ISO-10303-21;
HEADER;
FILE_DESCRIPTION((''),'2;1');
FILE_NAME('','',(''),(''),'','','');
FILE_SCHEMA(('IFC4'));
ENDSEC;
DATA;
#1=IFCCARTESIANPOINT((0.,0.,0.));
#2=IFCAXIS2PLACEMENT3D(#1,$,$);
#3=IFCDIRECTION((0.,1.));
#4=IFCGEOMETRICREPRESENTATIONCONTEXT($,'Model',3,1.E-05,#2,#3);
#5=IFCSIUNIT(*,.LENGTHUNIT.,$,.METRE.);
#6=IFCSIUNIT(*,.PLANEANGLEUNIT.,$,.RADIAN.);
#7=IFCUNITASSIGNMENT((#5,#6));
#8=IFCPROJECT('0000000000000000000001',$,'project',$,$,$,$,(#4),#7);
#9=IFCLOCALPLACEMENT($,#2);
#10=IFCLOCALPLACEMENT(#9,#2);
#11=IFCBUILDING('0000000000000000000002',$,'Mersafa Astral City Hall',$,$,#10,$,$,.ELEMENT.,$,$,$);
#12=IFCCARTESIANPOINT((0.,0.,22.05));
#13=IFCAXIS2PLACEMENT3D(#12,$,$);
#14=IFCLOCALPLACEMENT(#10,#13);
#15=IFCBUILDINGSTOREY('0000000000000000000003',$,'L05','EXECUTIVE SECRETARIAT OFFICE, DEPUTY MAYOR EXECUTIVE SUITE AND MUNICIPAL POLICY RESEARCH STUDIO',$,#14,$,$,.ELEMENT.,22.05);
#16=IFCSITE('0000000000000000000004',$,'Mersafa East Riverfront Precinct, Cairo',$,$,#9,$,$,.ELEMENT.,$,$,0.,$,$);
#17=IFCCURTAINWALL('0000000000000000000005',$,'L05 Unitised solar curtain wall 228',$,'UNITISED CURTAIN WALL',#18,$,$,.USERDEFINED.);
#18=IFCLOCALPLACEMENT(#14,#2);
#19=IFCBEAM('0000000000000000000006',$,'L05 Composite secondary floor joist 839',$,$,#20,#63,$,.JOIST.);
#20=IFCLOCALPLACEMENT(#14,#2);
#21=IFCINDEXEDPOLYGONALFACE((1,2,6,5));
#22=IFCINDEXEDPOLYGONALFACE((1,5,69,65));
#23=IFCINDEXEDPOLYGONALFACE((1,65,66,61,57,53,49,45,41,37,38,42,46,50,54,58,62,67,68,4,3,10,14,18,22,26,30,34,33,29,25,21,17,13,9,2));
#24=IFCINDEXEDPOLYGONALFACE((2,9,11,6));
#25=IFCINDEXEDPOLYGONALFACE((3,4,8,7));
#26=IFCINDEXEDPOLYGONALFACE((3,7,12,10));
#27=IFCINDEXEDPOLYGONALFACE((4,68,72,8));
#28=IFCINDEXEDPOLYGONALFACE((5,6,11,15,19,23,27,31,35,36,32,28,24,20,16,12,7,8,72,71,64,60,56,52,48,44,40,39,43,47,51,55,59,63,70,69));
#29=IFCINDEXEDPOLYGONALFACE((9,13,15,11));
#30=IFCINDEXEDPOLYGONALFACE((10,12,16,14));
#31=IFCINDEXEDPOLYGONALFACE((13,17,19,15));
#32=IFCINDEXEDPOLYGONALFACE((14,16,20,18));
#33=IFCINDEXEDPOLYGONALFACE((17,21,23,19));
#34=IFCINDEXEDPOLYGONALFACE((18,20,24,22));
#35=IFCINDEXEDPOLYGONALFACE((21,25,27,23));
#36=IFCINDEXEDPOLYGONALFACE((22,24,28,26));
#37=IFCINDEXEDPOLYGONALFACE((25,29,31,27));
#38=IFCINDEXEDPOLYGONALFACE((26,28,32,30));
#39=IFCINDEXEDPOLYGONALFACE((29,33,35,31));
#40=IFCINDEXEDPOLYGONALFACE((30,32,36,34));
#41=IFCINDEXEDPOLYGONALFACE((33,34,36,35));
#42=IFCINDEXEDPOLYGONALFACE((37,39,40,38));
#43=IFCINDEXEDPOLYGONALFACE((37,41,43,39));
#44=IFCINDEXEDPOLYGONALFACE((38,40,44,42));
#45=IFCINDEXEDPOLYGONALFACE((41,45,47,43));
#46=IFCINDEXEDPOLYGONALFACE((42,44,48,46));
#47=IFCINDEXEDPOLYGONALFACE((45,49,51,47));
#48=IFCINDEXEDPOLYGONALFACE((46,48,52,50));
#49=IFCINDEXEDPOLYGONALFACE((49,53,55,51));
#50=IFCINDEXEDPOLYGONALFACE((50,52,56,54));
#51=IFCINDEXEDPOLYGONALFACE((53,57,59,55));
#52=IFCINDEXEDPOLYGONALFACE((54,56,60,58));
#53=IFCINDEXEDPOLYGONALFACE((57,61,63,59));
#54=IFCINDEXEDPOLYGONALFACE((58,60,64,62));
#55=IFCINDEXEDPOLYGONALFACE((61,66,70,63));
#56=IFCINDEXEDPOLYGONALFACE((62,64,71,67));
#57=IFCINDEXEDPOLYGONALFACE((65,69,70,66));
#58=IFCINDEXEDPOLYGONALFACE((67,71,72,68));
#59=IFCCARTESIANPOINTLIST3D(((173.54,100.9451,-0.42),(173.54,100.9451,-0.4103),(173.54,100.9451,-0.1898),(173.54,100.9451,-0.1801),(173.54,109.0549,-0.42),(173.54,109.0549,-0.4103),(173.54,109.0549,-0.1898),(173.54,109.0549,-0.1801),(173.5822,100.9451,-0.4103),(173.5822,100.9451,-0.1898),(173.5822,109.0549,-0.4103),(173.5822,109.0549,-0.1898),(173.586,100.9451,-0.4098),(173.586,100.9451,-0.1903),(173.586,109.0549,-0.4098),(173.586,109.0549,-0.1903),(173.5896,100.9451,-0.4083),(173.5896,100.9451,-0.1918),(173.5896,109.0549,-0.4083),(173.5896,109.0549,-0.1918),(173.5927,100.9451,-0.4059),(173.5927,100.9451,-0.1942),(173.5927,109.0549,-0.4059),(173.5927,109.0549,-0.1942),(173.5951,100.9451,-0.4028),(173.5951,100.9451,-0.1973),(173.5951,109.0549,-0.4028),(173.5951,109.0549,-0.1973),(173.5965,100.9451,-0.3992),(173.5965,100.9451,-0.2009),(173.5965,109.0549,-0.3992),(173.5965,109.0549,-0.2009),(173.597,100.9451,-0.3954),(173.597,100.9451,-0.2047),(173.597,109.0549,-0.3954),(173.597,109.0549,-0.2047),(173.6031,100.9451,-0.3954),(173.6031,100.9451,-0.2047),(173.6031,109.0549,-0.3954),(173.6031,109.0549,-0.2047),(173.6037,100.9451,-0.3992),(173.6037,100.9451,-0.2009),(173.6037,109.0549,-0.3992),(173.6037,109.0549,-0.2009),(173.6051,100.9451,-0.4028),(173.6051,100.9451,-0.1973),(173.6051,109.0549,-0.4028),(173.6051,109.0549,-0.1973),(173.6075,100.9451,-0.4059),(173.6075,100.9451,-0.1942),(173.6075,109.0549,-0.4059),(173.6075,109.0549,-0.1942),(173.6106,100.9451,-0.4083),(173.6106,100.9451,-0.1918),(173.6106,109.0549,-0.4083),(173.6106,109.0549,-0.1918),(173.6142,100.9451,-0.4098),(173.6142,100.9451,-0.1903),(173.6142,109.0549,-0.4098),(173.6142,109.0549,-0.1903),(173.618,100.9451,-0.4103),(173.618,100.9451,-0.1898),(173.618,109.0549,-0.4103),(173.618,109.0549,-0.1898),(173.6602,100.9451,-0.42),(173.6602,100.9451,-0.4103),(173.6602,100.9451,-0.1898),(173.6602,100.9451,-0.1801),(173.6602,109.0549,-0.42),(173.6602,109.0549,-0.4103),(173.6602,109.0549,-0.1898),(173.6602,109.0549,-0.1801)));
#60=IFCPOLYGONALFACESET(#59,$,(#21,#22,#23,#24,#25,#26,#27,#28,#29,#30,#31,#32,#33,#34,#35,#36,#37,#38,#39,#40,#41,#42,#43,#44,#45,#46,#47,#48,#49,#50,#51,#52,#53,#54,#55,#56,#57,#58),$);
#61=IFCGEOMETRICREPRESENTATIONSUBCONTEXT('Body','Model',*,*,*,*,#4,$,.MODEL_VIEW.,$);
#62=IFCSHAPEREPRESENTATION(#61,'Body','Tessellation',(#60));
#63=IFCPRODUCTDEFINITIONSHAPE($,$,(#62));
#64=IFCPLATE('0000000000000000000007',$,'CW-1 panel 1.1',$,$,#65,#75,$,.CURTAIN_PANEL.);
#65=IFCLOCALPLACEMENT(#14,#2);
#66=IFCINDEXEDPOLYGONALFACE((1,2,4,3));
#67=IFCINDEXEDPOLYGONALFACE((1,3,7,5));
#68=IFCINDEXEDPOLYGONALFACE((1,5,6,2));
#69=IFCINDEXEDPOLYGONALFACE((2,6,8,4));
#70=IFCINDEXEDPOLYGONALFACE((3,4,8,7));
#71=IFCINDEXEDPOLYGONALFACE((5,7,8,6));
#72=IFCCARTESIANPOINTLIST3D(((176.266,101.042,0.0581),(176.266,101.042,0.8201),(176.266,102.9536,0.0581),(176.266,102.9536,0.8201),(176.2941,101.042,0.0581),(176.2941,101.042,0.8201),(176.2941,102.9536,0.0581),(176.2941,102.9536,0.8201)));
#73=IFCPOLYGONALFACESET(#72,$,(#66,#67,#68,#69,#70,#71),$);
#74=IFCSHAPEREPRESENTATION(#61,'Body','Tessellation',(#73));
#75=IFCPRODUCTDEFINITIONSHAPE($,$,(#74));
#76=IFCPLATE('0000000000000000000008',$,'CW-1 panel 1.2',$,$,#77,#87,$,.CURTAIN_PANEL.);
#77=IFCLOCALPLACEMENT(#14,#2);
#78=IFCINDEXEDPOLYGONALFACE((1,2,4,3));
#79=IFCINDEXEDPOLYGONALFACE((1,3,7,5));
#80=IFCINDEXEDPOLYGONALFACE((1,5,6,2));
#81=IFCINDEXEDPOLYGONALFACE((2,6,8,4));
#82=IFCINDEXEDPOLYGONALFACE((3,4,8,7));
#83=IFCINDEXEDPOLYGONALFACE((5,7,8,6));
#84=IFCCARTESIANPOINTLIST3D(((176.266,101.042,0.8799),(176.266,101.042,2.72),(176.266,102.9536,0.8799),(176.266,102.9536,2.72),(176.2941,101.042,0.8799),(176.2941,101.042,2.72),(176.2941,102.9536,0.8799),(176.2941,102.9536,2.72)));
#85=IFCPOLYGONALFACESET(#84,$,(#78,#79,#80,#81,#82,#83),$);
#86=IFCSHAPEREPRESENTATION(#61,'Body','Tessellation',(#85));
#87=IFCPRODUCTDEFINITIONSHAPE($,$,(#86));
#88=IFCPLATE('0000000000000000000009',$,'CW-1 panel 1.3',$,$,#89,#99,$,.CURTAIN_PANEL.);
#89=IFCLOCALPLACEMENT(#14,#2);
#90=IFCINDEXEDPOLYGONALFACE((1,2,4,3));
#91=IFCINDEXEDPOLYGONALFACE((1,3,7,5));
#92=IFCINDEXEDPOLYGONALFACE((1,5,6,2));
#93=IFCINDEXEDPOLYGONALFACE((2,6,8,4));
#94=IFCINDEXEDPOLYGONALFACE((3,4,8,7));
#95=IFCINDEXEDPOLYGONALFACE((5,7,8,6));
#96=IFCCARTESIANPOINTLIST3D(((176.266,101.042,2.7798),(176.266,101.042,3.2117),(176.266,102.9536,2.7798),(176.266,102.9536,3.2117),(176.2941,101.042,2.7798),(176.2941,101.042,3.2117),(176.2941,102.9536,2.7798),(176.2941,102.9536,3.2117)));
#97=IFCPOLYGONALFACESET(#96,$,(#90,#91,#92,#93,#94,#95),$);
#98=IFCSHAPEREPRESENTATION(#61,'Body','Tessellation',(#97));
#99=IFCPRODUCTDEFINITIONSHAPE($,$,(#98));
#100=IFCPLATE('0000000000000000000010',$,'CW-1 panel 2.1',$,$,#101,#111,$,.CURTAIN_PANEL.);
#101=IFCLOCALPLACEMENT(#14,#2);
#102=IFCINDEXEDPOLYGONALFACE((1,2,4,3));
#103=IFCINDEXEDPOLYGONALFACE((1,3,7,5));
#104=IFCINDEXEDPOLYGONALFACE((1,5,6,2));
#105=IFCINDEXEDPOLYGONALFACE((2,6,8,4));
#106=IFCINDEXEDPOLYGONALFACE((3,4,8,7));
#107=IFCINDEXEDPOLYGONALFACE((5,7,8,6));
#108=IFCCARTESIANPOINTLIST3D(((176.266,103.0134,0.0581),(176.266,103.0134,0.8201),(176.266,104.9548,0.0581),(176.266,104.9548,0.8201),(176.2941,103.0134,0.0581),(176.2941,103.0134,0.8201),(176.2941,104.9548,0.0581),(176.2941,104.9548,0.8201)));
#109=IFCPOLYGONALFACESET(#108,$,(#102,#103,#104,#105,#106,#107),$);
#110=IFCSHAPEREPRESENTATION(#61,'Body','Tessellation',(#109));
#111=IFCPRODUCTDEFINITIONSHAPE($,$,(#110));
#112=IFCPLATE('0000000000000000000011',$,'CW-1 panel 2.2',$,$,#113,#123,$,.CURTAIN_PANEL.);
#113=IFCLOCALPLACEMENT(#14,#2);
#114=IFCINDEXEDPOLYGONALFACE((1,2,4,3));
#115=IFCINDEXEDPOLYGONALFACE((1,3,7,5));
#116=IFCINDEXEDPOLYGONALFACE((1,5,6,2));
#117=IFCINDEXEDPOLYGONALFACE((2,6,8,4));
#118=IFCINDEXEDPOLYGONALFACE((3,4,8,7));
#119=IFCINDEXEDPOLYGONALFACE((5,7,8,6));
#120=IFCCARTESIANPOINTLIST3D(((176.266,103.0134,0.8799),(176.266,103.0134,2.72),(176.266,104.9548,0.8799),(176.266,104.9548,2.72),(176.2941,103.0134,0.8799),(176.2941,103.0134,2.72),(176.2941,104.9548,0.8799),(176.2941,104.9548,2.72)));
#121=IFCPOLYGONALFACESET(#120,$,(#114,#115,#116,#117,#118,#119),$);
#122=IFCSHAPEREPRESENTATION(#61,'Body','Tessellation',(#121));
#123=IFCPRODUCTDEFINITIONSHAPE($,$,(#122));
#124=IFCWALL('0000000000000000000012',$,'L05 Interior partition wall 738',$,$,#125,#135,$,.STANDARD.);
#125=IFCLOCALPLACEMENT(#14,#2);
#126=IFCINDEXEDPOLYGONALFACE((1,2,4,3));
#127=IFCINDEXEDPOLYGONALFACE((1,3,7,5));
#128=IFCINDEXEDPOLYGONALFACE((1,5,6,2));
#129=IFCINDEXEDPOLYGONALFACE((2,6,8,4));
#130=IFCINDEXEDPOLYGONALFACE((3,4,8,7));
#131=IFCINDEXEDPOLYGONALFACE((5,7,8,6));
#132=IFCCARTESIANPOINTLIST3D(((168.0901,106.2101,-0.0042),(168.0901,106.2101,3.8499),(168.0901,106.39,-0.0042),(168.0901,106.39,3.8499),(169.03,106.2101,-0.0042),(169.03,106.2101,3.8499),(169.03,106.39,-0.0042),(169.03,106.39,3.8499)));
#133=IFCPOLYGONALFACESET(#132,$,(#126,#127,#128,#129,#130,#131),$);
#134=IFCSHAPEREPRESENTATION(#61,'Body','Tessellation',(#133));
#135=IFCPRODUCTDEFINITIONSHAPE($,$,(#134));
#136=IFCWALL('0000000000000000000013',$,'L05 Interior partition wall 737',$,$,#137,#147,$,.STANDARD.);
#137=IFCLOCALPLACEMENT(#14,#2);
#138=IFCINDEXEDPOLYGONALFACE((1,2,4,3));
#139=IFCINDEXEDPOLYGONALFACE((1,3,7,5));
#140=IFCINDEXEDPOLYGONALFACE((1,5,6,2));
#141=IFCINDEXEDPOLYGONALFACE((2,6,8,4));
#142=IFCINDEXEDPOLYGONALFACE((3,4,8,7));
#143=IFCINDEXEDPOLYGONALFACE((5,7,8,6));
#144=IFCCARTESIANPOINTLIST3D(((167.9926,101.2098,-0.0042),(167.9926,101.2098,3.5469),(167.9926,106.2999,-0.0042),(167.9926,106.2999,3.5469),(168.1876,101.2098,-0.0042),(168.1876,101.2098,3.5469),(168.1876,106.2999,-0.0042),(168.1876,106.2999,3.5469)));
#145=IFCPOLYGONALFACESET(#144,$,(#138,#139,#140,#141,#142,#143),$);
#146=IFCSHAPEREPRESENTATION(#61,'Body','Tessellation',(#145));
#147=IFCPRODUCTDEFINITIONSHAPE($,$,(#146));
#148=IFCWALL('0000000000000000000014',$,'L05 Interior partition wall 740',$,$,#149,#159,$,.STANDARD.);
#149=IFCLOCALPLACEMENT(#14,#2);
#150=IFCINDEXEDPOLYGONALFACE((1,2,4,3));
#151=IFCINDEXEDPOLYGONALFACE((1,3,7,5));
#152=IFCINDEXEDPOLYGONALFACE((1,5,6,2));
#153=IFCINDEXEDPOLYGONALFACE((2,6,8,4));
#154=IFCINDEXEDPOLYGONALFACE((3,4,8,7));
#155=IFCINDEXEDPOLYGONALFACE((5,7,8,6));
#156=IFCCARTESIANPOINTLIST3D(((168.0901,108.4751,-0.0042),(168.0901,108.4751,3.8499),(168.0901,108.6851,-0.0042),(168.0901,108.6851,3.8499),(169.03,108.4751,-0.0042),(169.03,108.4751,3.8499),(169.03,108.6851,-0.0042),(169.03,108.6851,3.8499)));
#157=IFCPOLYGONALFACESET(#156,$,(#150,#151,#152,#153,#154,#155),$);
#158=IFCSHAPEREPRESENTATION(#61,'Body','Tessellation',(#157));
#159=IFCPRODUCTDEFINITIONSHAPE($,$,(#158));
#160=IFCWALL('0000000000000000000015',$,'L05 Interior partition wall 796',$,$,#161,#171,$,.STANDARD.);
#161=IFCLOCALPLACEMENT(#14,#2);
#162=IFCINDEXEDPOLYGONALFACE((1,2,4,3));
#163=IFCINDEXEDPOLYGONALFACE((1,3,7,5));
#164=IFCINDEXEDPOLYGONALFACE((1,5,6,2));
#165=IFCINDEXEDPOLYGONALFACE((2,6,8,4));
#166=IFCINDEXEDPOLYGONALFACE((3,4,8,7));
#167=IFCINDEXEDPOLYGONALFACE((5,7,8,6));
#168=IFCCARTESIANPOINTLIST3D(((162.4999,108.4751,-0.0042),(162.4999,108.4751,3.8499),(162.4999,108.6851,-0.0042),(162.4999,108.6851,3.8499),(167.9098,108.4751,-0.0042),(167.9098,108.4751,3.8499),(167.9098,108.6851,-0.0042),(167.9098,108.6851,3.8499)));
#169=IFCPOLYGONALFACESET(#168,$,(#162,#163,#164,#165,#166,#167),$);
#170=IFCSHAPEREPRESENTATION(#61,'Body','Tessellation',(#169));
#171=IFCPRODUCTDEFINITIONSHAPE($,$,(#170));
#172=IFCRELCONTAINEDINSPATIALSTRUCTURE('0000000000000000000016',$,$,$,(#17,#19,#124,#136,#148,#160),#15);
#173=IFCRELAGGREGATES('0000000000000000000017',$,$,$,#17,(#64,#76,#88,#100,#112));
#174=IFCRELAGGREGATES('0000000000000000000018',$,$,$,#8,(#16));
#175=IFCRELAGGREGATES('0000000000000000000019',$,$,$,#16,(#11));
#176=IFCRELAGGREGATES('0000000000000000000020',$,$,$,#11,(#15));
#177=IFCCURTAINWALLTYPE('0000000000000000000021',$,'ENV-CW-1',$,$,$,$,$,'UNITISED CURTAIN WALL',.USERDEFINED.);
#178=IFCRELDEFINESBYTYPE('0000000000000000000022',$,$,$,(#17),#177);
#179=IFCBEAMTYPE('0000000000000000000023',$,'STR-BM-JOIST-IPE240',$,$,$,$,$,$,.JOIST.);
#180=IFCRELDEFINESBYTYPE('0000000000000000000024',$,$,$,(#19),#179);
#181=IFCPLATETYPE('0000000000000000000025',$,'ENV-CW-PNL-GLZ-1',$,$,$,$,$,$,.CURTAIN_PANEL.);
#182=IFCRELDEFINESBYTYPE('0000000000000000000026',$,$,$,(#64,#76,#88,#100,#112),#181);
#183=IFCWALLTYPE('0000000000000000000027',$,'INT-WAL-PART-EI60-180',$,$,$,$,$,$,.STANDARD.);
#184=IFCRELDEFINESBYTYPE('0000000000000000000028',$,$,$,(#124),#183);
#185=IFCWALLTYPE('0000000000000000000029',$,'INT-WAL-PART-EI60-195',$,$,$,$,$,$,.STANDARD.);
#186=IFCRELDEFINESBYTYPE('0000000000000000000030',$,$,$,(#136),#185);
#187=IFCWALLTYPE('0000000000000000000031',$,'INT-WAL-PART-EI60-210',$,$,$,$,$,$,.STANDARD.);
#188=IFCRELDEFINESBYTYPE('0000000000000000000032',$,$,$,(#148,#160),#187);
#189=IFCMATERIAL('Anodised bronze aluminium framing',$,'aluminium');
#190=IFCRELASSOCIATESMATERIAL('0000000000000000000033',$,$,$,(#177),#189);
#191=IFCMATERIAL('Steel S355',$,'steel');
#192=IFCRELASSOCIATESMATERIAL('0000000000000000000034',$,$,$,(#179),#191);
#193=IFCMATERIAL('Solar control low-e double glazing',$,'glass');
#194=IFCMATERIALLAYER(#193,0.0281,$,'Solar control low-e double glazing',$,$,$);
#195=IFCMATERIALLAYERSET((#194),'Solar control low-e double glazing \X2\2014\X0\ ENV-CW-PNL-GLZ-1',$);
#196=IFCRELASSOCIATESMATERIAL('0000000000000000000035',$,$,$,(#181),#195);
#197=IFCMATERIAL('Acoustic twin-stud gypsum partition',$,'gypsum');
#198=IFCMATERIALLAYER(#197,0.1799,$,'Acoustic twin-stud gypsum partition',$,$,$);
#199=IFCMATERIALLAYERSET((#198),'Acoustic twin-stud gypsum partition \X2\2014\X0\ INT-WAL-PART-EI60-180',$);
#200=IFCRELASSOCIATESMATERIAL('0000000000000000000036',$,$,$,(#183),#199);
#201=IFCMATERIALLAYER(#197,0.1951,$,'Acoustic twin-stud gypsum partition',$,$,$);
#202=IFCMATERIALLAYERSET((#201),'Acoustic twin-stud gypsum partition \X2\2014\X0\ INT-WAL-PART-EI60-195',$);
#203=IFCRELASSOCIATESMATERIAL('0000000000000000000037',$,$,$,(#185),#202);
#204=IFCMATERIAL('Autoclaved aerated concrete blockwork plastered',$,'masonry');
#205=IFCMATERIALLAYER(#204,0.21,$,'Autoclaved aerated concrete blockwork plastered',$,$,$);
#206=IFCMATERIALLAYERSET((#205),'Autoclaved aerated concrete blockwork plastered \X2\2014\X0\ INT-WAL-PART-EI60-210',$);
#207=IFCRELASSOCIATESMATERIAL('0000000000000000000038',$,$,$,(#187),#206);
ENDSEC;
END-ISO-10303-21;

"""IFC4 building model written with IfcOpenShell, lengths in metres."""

from ifc_helpers import new_model, si_unit, direction, frame, frame_2d, origin, origin_2d, place, context, subcontext, project, spatial, rectangle, i_section, extrude, material, layer, layer_set, material_profile, profile_set, type_object, element, aggregate, save


model = new_model("IFC4")

# Units and contexts
model_context = context("Model", 3, precision=1e-05, world=origin(), true_north=direction((0.0, 1.0)))
body_context = subcontext(model_context, "Body", "Model", "MODEL_VIEW")
ifc_project = project(units=[si_unit("LENGTHUNIT", "METRE"), si_unit("PLANEANGLEUNIT", "RADIAN")], contexts=[model_context])

# Site, building, storey
site_placement = place(None, origin())
site = spatial("IfcSite", under=ifc_project, at=site_placement, Name="Mersafa East Riverfront Precinct, Cairo", CompositionType="ELEMENT", RefElevation=0.0)
building_placement = place(site_placement, origin())
building = spatial("IfcBuilding", under=site, at=building_placement, Name="Mersafa Astral City Hall", CompositionType="ELEMENT")
storey_placement = place(building_placement, frame((0.0, 0.0, 22.05)))
storey = spatial("IfcBuildingStorey", under=building, at=storey_placement, Name="L05", Description="EXECUTIVE SECRETARIAT OFFICE, DEPUTY MAYOR EXECUTIVE SUITE AND MUNICIPAL POLICY RESEARCH STUDIO", CompositionType="ELEMENT", Elevation=22.05)

# Shared definitions
ifc_material_1 = material(Name="Steel S355", Category="steel")

# Curtain wall
ifc_material_2 = material(Name="Anodised bronze aluminium framing", Category="aluminium")
curtain_wall_type = type_object("IfcCurtainWallType", Name="ENV-CW-1", ElementType="UNITISED CURTAIN WALL", PredefinedType="USERDEFINED", material=ifc_material_2)
curtain_wall_placement = place(storey_placement, origin())
curtain_wall = element("IfcCurtainWall", 1, at=curtain_wall_placement, inside=storey, type_object=curtain_wall_type, Name="L05 Unitised solar curtain wall 228", ObjectType="UNITISED CURTAIN WALL", PredefinedType="USERDEFINED")

# Beam
ifc_material_profile_1 = material_profile(ifc_material_1, i_section(OverallWidth=0.1201, OverallDepth=0.24, WebThickness=0.0061, FlangeThickness=0.0098, FilletRadius=0.0149, at=origin_2d()), Name="IPE 240")
ifc_profile_set_1 = profile_set([ifc_material_profile_1], Name="Steel S355")
beam_type_1 = type_object("IfcBeamType", Name="STR-BM-JOIST-IPE240", PredefinedType="JOIST", material=ifc_profile_set_1)
for number, where, z_axis, x_axis, name in (
    (2, (173.6001, 100.9451, -0.3), (0.0, 1.0, 0.0), (-1.0, 0.0, 0.0), "L05 Composite secondary floor joist 839"),
):
    element("IfcBeam", number, at=place(storey_placement, frame(where, z_axis=z_axis, x_axis=x_axis)), inside=storey, type_object=beam_type_1, Name=name, PredefinedType="JOIST", context=body_context, shape_type="SweptSolid", body=[
        extrude(i_section(OverallWidth=0.1201, OverallDepth=0.24, WebThickness=0.0061, FlangeThickness=0.0098, FilletRadius=0.0149, at=origin_2d()), origin(), (0.0, 0.0, 1.0), 8.1099),
    ])

# Plates
ifc_material_3 = material(Name="Solar control low-e double glazing", Category="glass")
ifc_layer_1 = layer(ifc_material_3, 0.0281, Name="Solar control low-e double glazing")
ifc_layer_set_1 = layer_set([ifc_layer_1], Name="Solar control low-e double glazing — ENV-CW-PNL-GLZ-1")
plate_type = type_object("IfcPlateType", Name="ENV-CW-PNL-GLZ-1", PredefinedType="CURTAIN_PANEL", material=ifc_layer_set_1)
plate_1_placement = place(storey_placement, frame((176.28, 101.9978, 0.0581), z_axis=(0.0, 0.0, 1.0), x_axis=(0.0, 1.0, 0.0)))
plate_1 = element("IfcPlate", 3, at=plate_1_placement, type_object=plate_type, Name="CW-1 panel 1.1", PredefinedType="CURTAIN_PANEL", context=body_context, shape_type="SweptSolid", body=[
    extrude(rectangle(XDim=1.9116, YDim=0.0281, at=origin_2d()), origin(), (0.0, 0.0, 1.0), 0.762),
])
plate_2_placement = place(storey_placement, frame((176.28, 101.9978, 0.8799), z_axis=(0.0, 0.0, 1.0), x_axis=(0.0, 1.0, 0.0)))
plate_2 = element("IfcPlate", 4, at=plate_2_placement, type_object=plate_type, Name="CW-1 panel 1.2", PredefinedType="CURTAIN_PANEL", context=body_context, shape_type="SweptSolid", body=[
    extrude(rectangle(XDim=1.9116, YDim=0.0281, at=origin_2d()), origin(), (0.0, 0.0, 1.0), 1.8401),
])
plate_3_placement = place(storey_placement, frame((176.28, 101.9978, 2.7798), z_axis=(0.0, 0.0, 1.0), x_axis=(0.0, 1.0, 0.0)))
plate_3 = element("IfcPlate", 5, at=plate_3_placement, type_object=plate_type, Name="CW-1 panel 1.3", PredefinedType="CURTAIN_PANEL", context=body_context, shape_type="SweptSolid", body=[
    extrude(rectangle(XDim=1.9116, YDim=0.0281, at=origin_2d()), origin(), (0.0, 0.0, 1.0), 0.4319),
])
plate_4_placement = place(storey_placement, frame((176.28, 103.9841, 0.0581), z_axis=(0.0, 0.0, 1.0), x_axis=(0.0, 1.0, 0.0)))
plate_4 = element("IfcPlate", 6, at=plate_4_placement, type_object=plate_type, Name="CW-1 panel 2.1", PredefinedType="CURTAIN_PANEL", context=body_context, shape_type="SweptSolid", body=[
    extrude(rectangle(XDim=1.9414, YDim=0.0281, at=origin_2d()), origin(), (0.0, 0.0, 1.0), 0.762),
])
plate_5_placement = place(storey_placement, frame((176.28, 103.9841, 0.8799), z_axis=(0.0, 0.0, 1.0), x_axis=(0.0, 1.0, 0.0)))
plate_5 = element("IfcPlate", 7, at=plate_5_placement, type_object=plate_type, Name="CW-1 panel 2.2", PredefinedType="CURTAIN_PANEL", context=body_context, shape_type="SweptSolid", body=[
    extrude(rectangle(XDim=1.9414, YDim=0.0281, at=origin_2d()), origin(), (0.0, 0.0, 1.0), 1.8401),
])
aggregate(curtain_wall, [plate_1, plate_2, plate_3, plate_4, plate_5])

# Walls
ifc_material_4 = material(Name="Acoustic twin-stud gypsum partition", Category="gypsum")
ifc_layer_2 = layer(ifc_material_4, 0.1799, Name="Acoustic twin-stud gypsum partition")
ifc_layer_set_2 = layer_set([ifc_layer_2], Name="Acoustic twin-stud gypsum partition — INT-WAL-PART-EI60-180")
wall_type_1 = type_object("IfcWallType", Name="INT-WAL-PART-EI60-180", PredefinedType="STANDARD", material=ifc_layer_set_2)
wall_1_placement = place(storey_placement, frame((168.0901, 106.3, -0.0042), z_axis=(0.0, 0.0, 1.0), x_axis=(1.0, 0.0, 0.0)))
element("IfcWall", 8, at=wall_1_placement, inside=storey, type_object=wall_type_1, Name="L05 Interior partition wall 738", PredefinedType="STANDARD", context=body_context, shape_type="SweptSolid", body=[
    extrude(rectangle(XDim=0.9399, YDim=0.1799, at=frame_2d((0.47, 0.0))), origin(), (0.0, 0.0, 1.0), 3.854),
])
ifc_layer_3 = layer(ifc_material_4, 0.1951, Name="Acoustic twin-stud gypsum partition")
ifc_layer_set_3 = layer_set([ifc_layer_3], Name="Acoustic twin-stud gypsum partition — INT-WAL-PART-EI60-195")
wall_type_2 = type_object("IfcWallType", Name="INT-WAL-PART-EI60-195", PredefinedType="STANDARD", material=ifc_layer_set_3)
wall_2_placement = place(storey_placement, frame((168.0901, 101.21, -0.0042), z_axis=(0.0, 0.0, 1.0), x_axis=(0.0, 1.0, 0.0)))
element("IfcWall", 9, at=wall_2_placement, inside=storey, type_object=wall_type_2, Name="L05 Interior partition wall 737", PredefinedType="STANDARD", context=body_context, shape_type="SweptSolid", body=[
    extrude(rectangle(XDim=5.0901, YDim=0.1951, at=frame_2d((2.5449, 0.0))), origin(), (0.0, 0.0, 1.0), 3.551),
])
ifc_material_5 = material(Name="Autoclaved aerated concrete blockwork plastered", Category="masonry")
ifc_layer_4 = layer(ifc_material_5, 0.21, Name="Autoclaved aerated concrete blockwork plastered")
ifc_layer_set_4 = layer_set([ifc_layer_4], Name="Autoclaved aerated concrete blockwork plastered — INT-WAL-PART-EI60-210")
wall_type_3 = type_object("IfcWallType", Name="INT-WAL-PART-EI60-210", PredefinedType="STANDARD", material=ifc_layer_set_4)
wall_3_placement = place(storey_placement, frame((169.03, 108.5801, -0.0042), z_axis=(0.0, 0.0, 1.0), x_axis=(-1.0, 0.0, 0.0)))
element("IfcWall", 10, at=wall_3_placement, inside=storey, type_object=wall_type_3, Name="L05 Interior partition wall 740", PredefinedType="STANDARD", context=body_context, shape_type="SweptSolid", body=[
    extrude(rectangle(XDim=0.9399, YDim=0.21, at=frame_2d((0.47, 0.0))), origin(), (0.0, 0.0, 1.0), 3.854),
])
wall_4_placement = place(storey_placement, frame((167.9099, 108.5801, -0.0042), z_axis=(0.0, 0.0, 1.0), x_axis=(-1.0, 0.0, 0.0)))
element("IfcWall", 11, at=wall_4_placement, inside=storey, type_object=wall_type_3, Name="L05 Interior partition wall 796", PredefinedType="STANDARD", context=body_context, shape_type="SweptSolid", body=[
    extrude(rectangle(XDim=5.4099, YDim=0.21, at=frame_2d((2.7051, 0.0))), origin(), (0.0, 0.0, 1.0), 3.854),
])

save(model, "model.ifc")
